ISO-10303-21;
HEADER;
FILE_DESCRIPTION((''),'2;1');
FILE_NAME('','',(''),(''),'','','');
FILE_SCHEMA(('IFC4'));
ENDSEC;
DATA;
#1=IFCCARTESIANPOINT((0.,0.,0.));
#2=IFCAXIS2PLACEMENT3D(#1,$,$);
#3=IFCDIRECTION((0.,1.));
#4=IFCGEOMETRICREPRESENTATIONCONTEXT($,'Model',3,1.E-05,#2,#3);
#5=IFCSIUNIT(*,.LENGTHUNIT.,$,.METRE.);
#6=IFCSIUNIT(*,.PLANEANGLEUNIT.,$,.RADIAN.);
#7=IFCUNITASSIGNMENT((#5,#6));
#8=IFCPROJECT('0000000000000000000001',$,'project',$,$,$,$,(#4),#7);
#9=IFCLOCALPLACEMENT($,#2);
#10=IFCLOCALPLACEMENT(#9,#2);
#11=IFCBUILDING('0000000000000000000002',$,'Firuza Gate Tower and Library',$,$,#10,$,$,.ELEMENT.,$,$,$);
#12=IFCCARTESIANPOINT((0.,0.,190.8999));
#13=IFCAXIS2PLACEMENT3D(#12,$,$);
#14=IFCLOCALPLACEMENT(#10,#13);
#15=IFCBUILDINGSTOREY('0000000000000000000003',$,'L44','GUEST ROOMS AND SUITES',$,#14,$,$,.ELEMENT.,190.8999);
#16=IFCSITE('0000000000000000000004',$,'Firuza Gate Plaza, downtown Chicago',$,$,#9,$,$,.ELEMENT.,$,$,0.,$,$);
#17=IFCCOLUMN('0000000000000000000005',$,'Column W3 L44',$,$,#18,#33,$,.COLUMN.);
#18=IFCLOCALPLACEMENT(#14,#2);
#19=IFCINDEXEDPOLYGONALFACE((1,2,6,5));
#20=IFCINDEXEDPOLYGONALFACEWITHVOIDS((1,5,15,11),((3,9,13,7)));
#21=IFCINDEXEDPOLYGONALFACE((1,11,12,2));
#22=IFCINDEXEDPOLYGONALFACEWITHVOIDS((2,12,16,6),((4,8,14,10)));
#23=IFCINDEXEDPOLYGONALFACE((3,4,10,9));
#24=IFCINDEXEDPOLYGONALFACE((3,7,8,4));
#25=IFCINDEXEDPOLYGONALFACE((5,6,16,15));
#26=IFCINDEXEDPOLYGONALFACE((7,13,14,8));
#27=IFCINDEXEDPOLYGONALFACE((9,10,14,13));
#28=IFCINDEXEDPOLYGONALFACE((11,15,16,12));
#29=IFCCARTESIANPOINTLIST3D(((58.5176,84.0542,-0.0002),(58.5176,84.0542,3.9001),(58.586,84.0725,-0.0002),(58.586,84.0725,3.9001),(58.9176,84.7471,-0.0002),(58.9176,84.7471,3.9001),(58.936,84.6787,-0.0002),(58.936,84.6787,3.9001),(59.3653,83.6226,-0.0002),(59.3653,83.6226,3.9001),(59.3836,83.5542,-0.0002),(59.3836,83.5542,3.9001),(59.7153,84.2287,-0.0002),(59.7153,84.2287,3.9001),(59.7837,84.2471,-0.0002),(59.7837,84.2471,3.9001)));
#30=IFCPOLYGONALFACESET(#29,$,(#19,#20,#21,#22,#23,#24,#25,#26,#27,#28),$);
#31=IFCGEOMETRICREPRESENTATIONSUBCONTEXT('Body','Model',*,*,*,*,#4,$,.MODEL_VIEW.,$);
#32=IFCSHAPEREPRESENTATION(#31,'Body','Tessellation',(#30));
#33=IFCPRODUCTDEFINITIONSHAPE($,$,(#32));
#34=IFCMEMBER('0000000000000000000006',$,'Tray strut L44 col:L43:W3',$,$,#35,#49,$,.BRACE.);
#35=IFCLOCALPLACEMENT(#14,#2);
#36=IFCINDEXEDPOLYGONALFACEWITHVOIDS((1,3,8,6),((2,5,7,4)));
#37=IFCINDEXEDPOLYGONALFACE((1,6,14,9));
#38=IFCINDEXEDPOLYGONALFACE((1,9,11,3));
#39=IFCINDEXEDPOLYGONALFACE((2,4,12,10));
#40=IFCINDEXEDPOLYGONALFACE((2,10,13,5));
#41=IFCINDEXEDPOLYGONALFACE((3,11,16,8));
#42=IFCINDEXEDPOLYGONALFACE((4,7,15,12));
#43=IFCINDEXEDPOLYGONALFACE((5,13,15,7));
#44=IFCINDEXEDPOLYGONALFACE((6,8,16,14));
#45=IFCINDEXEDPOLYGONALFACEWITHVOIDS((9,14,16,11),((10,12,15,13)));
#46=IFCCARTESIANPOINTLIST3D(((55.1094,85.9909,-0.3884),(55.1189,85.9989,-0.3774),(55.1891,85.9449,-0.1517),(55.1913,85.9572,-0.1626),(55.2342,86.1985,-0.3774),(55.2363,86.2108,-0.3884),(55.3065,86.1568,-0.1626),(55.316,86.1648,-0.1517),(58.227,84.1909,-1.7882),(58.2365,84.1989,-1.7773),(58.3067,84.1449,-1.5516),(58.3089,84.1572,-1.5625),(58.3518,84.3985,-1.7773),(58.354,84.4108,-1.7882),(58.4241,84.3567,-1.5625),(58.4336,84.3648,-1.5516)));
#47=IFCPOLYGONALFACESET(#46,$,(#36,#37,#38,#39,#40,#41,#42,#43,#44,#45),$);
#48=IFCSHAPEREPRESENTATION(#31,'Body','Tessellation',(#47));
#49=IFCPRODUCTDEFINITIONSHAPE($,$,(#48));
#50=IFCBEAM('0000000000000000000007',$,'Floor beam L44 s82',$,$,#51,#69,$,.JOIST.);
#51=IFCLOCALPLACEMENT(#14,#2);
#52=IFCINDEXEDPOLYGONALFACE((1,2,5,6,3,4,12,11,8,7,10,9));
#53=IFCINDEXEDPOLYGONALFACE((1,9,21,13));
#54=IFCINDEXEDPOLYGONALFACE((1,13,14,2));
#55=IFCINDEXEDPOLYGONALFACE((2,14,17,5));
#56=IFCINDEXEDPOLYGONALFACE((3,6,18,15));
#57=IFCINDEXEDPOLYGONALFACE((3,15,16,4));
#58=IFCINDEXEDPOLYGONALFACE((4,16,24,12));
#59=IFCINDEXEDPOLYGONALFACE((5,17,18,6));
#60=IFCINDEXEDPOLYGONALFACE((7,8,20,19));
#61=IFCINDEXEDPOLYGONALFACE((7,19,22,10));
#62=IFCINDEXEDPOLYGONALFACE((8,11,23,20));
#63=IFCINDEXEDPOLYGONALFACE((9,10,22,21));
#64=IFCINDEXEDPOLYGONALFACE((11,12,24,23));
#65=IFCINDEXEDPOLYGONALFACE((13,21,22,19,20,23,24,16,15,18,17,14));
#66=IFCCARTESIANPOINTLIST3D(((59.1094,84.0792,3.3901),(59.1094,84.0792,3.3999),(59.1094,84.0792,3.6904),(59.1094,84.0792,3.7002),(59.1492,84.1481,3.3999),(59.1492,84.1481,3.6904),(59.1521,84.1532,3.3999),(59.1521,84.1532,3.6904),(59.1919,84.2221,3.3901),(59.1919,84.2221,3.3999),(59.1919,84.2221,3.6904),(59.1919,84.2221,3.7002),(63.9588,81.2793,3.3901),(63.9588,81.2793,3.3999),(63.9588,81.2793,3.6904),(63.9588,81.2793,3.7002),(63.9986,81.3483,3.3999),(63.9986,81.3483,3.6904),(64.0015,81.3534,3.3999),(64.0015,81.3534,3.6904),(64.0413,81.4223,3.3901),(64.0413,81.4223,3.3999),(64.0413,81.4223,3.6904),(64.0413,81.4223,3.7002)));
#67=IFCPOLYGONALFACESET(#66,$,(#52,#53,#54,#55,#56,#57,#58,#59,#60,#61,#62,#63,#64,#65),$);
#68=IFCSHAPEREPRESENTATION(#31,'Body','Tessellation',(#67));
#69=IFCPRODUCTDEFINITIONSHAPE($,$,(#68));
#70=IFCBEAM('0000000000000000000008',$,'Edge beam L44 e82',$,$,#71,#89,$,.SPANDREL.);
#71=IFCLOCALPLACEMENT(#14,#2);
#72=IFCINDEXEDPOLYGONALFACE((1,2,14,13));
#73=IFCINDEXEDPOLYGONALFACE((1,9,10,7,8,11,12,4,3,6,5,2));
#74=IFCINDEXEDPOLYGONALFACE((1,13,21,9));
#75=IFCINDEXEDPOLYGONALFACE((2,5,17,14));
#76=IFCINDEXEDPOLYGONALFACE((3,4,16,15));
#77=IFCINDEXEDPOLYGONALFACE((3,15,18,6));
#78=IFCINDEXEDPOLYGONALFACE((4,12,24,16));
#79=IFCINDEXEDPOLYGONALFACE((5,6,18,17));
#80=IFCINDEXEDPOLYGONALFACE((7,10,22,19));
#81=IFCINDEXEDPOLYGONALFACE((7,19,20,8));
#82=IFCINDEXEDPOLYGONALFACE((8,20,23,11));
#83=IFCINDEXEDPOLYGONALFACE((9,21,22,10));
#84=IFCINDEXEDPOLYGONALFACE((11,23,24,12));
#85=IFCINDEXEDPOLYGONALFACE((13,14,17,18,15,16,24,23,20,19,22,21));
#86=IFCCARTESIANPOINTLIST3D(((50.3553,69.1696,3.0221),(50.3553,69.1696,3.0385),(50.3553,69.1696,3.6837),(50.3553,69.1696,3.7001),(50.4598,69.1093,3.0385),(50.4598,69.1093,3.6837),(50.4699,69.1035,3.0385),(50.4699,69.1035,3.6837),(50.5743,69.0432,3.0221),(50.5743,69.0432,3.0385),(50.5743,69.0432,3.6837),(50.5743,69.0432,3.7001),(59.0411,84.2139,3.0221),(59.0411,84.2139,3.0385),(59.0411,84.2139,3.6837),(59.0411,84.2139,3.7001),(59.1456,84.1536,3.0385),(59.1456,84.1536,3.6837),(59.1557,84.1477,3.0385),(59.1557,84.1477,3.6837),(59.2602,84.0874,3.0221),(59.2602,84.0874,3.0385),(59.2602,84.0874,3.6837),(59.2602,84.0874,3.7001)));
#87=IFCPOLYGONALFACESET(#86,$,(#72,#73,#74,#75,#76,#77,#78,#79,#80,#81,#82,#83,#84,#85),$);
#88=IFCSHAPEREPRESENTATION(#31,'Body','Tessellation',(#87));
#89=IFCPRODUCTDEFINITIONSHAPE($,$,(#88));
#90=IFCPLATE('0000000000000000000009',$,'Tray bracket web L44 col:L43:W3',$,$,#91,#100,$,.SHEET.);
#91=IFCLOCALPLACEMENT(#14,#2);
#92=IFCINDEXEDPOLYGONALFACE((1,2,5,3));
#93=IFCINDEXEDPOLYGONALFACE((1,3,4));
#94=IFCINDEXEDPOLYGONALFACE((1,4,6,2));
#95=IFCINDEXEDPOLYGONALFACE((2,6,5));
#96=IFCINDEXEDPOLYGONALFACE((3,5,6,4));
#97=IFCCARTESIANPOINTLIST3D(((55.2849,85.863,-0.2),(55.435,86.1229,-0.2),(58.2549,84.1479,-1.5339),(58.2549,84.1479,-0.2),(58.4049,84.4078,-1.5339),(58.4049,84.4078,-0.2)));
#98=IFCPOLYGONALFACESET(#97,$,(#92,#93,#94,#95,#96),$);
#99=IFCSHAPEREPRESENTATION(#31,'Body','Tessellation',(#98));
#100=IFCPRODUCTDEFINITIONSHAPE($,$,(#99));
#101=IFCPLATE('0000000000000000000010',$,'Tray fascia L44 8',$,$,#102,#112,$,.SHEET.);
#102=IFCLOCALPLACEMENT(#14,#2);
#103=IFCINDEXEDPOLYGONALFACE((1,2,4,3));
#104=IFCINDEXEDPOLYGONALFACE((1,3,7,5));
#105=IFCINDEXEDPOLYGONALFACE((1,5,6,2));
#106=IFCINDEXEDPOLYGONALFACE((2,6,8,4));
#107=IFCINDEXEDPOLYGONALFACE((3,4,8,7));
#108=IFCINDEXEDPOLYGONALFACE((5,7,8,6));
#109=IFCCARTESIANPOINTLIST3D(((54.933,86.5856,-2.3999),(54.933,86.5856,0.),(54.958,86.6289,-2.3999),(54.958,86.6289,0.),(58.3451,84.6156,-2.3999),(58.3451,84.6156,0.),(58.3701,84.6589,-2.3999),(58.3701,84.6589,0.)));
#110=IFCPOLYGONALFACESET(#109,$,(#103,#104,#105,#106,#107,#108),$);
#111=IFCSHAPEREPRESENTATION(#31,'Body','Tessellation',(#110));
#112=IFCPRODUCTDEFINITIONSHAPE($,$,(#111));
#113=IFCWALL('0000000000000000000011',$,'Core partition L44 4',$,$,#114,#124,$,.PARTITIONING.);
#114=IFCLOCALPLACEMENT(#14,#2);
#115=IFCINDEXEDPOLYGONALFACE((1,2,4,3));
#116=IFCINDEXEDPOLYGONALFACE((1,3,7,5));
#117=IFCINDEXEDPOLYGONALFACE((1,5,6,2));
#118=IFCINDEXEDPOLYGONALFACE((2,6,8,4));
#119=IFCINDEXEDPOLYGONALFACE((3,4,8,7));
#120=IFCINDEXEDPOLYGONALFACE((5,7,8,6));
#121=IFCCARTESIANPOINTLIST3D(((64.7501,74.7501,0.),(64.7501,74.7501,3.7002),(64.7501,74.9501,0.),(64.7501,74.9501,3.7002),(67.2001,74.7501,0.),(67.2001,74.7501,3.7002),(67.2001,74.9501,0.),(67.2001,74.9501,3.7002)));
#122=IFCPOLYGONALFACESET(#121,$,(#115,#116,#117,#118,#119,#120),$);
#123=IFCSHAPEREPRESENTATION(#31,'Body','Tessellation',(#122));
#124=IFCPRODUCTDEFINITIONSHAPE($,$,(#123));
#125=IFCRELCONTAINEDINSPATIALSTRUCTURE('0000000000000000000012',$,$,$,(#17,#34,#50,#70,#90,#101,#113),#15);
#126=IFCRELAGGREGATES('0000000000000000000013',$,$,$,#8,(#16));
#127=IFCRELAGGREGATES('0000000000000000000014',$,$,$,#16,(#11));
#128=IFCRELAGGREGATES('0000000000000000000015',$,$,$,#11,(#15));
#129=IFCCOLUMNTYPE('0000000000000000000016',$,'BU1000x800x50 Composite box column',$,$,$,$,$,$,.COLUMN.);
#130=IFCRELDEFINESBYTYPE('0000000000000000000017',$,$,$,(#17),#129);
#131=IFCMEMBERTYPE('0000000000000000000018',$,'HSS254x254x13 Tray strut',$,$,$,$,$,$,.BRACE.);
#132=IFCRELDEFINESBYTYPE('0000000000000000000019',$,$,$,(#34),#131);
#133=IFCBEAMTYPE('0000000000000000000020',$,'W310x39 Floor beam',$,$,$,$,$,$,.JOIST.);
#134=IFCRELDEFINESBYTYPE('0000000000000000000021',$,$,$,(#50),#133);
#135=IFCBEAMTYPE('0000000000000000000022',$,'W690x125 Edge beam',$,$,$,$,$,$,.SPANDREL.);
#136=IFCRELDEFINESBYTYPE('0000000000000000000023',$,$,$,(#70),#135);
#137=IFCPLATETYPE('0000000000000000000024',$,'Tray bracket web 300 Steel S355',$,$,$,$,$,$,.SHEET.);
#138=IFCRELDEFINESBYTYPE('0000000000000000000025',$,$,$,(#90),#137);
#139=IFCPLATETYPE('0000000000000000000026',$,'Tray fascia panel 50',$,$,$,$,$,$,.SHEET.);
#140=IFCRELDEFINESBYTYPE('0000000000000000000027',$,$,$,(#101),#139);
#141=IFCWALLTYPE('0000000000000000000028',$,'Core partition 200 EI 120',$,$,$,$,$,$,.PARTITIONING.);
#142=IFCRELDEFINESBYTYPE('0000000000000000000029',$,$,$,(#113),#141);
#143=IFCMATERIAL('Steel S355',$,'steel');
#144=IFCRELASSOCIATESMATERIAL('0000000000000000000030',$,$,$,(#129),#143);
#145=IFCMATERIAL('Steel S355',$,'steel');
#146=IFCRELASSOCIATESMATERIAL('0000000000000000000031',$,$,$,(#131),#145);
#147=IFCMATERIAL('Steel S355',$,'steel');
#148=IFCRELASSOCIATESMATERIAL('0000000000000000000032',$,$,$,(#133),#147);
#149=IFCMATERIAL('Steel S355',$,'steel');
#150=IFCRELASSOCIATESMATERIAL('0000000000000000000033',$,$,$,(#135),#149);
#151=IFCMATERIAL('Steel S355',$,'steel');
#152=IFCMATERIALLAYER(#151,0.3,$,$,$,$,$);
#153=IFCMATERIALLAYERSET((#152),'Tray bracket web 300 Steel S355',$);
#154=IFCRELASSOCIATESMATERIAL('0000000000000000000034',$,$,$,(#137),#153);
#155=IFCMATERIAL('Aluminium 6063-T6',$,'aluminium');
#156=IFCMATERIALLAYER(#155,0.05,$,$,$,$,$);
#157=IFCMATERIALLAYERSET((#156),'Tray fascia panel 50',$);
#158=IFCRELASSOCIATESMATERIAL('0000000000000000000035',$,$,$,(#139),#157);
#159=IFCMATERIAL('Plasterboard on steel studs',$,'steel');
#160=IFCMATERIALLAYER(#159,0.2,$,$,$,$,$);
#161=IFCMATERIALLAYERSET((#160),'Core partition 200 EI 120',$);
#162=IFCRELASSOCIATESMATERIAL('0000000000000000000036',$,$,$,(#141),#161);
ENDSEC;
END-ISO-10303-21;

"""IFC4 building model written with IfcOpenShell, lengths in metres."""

from ifc_helpers import new_model, si_unit, direction, frame, frame_2d, origin, origin_2d, place, context, subcontext, project, spatial, polyline, rectangle, hollow_rectangle, i_section, outline, extrude, material, layer, layer_set, material_profile, profile_set, type_object, element, save


model = new_model("IFC4")

# Units and contexts
model_context = context("Model", 3, precision=1e-05, world=origin(), true_north=direction((0.0, 1.0)))
body_context = subcontext(model_context, "Body", "Model", "MODEL_VIEW")
ifc_project = project(units=[si_unit("LENGTHUNIT", "METRE"), si_unit("PLANEANGLEUNIT", "RADIAN")], contexts=[model_context])

# Site, building, storey
site_placement = place(None, origin())
site = spatial("IfcSite", under=ifc_project, at=site_placement, Name="Firuza Gate Plaza, downtown Chicago", CompositionType="ELEMENT", RefElevation=0.0)
building_placement = place(site_placement, origin())
building = spatial("IfcBuilding", under=site, at=building_placement, Name="Firuza Gate Tower and Library", CompositionType="ELEMENT")
storey_placement = place(building_placement, frame((0.0, 0.0, 190.8999)))
storey = spatial("IfcBuildingStorey", under=building, at=storey_placement, Name="L44", Description="GUEST ROOMS AND SUITES", CompositionType="ELEMENT", Elevation=190.8999)

# Column
ifc_material_1 = material(Name="Steel S355", Category="steel")
ifc_material_profile_1 = material_profile(ifc_material_1, hollow_rectangle(XDim=0.8, YDim=1.0, WallThickness=0.05, at=origin_2d()))
ifc_profile_set_1 = profile_set([ifc_material_profile_1], Name="Steel S355")
column_type = type_object("IfcColumnType", Name="BU1000x800x50 Composite box column", PredefinedType="COLUMN", material=ifc_profile_set_1)
column_placement = place(storey_placement, frame((59.1506, 84.1506, -0.0002), z_axis=(0.0, 0.0, 1.0), x_axis=(-0.5, -0.866025, 0.0)))
element("IfcColumn", 1, at=column_placement, inside=storey, type_object=column_type, Name="Column W3 L44", PredefinedType="COLUMN", context=body_context, shape_type="SweptSolid", body=[
    extrude(hollow_rectangle(XDim=0.8, YDim=1.0, WallThickness=0.05, at=origin_2d()), origin(), (0.0, 0.0, 1.0), 3.9004),
])

# Member
ifc_material_2 = material(Name="Steel S355", Category="steel")
ifc_material_profile_2 = material_profile(ifc_material_2, hollow_rectangle(XDim=0.2539, YDim=0.2539, WallThickness=0.0117, at=origin_2d()))
ifc_profile_set_2 = profile_set([ifc_material_profile_2], Name="Steel S355")
member_type = type_object("IfcMemberType", Name="HSS254x254x13 Tray strut", PredefinedType="BRACE", material=ifc_profile_set_2)
member_placement = place(storey_placement, frame((58.3303, 84.2778, -1.6699), z_axis=(-0.807141, 0.466018, 0.362423), x_axis=(-0.500012, -0.866018, 0.0)))
element("IfcMember", 2, at=member_placement, inside=storey, type_object=member_type, Name="Tray strut L44 col:L43:W3", PredefinedType="BRACE", context=body_context, shape_type="SweptSolid", body=[
    extrude(hollow_rectangle(XDim=0.2539, YDim=0.2539, WallThickness=0.0117, at=origin_2d()), origin(), (0.0, 0.0, 1.0), 3.8625),
])

# Beams
ifc_material_3 = material(Name="Steel S355", Category="steel")
ifc_material_profile_3 = material_profile(ifc_material_3, i_section(OverallWidth=0.165, OverallDepth=0.3101, WebThickness=0.0059, FlangeThickness=0.0098, at=origin_2d()))
ifc_profile_set_3 = profile_set([ifc_material_profile_3], Name="Steel S355")
beam_type_1 = type_object("IfcBeamType", Name="W310x39 Floor beam", PredefinedType="JOIST", material=ifc_profile_set_3)
beam_1_placement = place(storey_placement, frame((59.1506, 84.1506, 3.5452), z_axis=(0.866024, -0.500003, 0.0), x_axis=(0.500003, 0.866024, 0.0)))
element("IfcBeam", 3, at=beam_1_placement, inside=storey, type_object=beam_type_1, Name="Floor beam L44 s82", PredefinedType="JOIST", context=body_context, shape_type="SweptSolid", body=[
    extrude(i_section(OverallWidth=0.165, OverallDepth=0.3101, WebThickness=0.0059, FlangeThickness=0.0098, at=origin_2d()), origin(), (0.0, 0.0, 1.0), 5.5996),
])
ifc_material_4 = material(Name="Steel S355", Category="steel")
ifc_material_profile_4 = material_profile(ifc_material_4, i_section(OverallWidth=0.2529, OverallDepth=0.678, WebThickness=0.0117, FlangeThickness=0.0164, at=origin_2d()))
ifc_profile_set_4 = profile_set([ifc_material_profile_4], Name="Steel S355")
beam_type_2 = type_object("IfcBeamType", Name="W690x125 Edge beam", PredefinedType="SPANDREL", material=ifc_profile_set_4)
beam_2_placement = place(storey_placement, frame((59.1506, 84.1506, 3.3611), z_axis=(-0.500001, -0.866025, 0.0), x_axis=(0.866025, -0.500001, 0.0)))
element("IfcBeam", 4, at=beam_2_placement, inside=storey, type_object=beam_type_2, Name="Edge beam L44 e82", PredefinedType="SPANDREL", context=body_context, shape_type="SweptSolid", body=[
    extrude(i_section(OverallWidth=0.2529, OverallDepth=0.678, WebThickness=0.0117, FlangeThickness=0.0164, at=origin_2d()), origin(), (0.0, 0.0, 1.0), 17.3716),
])

# Plates
ifc_material_5 = material(Name="Steel S355", Category="steel")
ifc_layer_1 = layer(ifc_material_5, 0.3)
ifc_layer_set_1 = layer_set([ifc_layer_1], Name="Tray bracket web 300 Steel S355")
plate_type_1 = type_object("IfcPlateType", Name="Tray bracket web 300 Steel S355", PredefinedType="SHEET", material=ifc_layer_set_1)
plate_1_placement = place(storey_placement, frame((58.2549, 84.1479, -0.2), z_axis=(-0.500082, -0.865978, 0.0), x_axis=(-0.865978, 0.500082, 0.0)))
element("IfcPlate", 5, at=plate_1_placement, inside=storey, type_object=plate_type_1, Name="Tray bracket web L44 col:L43:W3", PredefinedType="SHEET", context=body_context, shape_type="SweptSolid", body=[
    extrude(outline(polyline([(0.0, 0.0), (3.4296, 0.0), (0.0, 1.334), (0.0, 0.0)])), origin(), (0.0, 0.0, -1.0), 0.3),
])
ifc_material_6 = material(Name="Aluminium 6063-T6", Category="aluminium")
ifc_layer_2 = layer(ifc_material_6, 0.05)
ifc_layer_set_2 = layer_set([ifc_layer_2], Name="Tray fascia panel 50")
plate_type_2 = type_object("IfcPlateType", Name="Tray fascia panel 50", PredefinedType="SHEET", material=ifc_layer_set_2)
plate_2_placement = place(storey_placement, frame((58.3701, 84.6589, -2.3999), z_axis=(0.499998, 0.866027, 0.0), x_axis=(-0.866027, 0.499998, 0.0)))
element("IfcPlate", 6, at=plate_2_placement, inside=storey, type_object=plate_type_2, Name="Tray fascia L44 8", PredefinedType="SHEET", context=body_context, shape_type="SweptSolid", body=[
    extrude(outline(polyline([(0.0, 0.0), (3.94, 0.0), (3.94, 2.3999), (0.0, 2.3999), (0.0, 0.0)])), origin(), (0.0, 0.0, -1.0), 0.05),
])

# Wall
ifc_material_7 = material(Name="Plasterboard on steel studs", Category="steel")
ifc_layer_3 = layer(ifc_material_7, 0.2)
ifc_layer_set_3 = layer_set([ifc_layer_3], Name="Core partition 200 EI 120")
wall_type_1 = type_object("IfcWallType", Name="Core partition 200 EI 120", PredefinedType="PARTITIONING", material=ifc_layer_set_3)
wall_1_placement = place(storey_placement, frame((64.75, 74.8501, 0.0), z_axis=(0.0, 0.0, 1.0), x_axis=(1.0, 0.0, 0.0)))
element("IfcWall", 7, at=wall_1_placement, inside=storey, type_object=wall_type_1, Name="Core partition L44 4", PredefinedType="PARTITIONING", context=body_context, shape_type="SweptSolid", body=[
    extrude(rectangle(XDim=2.45, YDim=0.2, at=frame_2d((1.2251, 0.0))), origin(), (0.0, 0.0, 1.0), 3.7002),
])

save(model, "model.ifc")
